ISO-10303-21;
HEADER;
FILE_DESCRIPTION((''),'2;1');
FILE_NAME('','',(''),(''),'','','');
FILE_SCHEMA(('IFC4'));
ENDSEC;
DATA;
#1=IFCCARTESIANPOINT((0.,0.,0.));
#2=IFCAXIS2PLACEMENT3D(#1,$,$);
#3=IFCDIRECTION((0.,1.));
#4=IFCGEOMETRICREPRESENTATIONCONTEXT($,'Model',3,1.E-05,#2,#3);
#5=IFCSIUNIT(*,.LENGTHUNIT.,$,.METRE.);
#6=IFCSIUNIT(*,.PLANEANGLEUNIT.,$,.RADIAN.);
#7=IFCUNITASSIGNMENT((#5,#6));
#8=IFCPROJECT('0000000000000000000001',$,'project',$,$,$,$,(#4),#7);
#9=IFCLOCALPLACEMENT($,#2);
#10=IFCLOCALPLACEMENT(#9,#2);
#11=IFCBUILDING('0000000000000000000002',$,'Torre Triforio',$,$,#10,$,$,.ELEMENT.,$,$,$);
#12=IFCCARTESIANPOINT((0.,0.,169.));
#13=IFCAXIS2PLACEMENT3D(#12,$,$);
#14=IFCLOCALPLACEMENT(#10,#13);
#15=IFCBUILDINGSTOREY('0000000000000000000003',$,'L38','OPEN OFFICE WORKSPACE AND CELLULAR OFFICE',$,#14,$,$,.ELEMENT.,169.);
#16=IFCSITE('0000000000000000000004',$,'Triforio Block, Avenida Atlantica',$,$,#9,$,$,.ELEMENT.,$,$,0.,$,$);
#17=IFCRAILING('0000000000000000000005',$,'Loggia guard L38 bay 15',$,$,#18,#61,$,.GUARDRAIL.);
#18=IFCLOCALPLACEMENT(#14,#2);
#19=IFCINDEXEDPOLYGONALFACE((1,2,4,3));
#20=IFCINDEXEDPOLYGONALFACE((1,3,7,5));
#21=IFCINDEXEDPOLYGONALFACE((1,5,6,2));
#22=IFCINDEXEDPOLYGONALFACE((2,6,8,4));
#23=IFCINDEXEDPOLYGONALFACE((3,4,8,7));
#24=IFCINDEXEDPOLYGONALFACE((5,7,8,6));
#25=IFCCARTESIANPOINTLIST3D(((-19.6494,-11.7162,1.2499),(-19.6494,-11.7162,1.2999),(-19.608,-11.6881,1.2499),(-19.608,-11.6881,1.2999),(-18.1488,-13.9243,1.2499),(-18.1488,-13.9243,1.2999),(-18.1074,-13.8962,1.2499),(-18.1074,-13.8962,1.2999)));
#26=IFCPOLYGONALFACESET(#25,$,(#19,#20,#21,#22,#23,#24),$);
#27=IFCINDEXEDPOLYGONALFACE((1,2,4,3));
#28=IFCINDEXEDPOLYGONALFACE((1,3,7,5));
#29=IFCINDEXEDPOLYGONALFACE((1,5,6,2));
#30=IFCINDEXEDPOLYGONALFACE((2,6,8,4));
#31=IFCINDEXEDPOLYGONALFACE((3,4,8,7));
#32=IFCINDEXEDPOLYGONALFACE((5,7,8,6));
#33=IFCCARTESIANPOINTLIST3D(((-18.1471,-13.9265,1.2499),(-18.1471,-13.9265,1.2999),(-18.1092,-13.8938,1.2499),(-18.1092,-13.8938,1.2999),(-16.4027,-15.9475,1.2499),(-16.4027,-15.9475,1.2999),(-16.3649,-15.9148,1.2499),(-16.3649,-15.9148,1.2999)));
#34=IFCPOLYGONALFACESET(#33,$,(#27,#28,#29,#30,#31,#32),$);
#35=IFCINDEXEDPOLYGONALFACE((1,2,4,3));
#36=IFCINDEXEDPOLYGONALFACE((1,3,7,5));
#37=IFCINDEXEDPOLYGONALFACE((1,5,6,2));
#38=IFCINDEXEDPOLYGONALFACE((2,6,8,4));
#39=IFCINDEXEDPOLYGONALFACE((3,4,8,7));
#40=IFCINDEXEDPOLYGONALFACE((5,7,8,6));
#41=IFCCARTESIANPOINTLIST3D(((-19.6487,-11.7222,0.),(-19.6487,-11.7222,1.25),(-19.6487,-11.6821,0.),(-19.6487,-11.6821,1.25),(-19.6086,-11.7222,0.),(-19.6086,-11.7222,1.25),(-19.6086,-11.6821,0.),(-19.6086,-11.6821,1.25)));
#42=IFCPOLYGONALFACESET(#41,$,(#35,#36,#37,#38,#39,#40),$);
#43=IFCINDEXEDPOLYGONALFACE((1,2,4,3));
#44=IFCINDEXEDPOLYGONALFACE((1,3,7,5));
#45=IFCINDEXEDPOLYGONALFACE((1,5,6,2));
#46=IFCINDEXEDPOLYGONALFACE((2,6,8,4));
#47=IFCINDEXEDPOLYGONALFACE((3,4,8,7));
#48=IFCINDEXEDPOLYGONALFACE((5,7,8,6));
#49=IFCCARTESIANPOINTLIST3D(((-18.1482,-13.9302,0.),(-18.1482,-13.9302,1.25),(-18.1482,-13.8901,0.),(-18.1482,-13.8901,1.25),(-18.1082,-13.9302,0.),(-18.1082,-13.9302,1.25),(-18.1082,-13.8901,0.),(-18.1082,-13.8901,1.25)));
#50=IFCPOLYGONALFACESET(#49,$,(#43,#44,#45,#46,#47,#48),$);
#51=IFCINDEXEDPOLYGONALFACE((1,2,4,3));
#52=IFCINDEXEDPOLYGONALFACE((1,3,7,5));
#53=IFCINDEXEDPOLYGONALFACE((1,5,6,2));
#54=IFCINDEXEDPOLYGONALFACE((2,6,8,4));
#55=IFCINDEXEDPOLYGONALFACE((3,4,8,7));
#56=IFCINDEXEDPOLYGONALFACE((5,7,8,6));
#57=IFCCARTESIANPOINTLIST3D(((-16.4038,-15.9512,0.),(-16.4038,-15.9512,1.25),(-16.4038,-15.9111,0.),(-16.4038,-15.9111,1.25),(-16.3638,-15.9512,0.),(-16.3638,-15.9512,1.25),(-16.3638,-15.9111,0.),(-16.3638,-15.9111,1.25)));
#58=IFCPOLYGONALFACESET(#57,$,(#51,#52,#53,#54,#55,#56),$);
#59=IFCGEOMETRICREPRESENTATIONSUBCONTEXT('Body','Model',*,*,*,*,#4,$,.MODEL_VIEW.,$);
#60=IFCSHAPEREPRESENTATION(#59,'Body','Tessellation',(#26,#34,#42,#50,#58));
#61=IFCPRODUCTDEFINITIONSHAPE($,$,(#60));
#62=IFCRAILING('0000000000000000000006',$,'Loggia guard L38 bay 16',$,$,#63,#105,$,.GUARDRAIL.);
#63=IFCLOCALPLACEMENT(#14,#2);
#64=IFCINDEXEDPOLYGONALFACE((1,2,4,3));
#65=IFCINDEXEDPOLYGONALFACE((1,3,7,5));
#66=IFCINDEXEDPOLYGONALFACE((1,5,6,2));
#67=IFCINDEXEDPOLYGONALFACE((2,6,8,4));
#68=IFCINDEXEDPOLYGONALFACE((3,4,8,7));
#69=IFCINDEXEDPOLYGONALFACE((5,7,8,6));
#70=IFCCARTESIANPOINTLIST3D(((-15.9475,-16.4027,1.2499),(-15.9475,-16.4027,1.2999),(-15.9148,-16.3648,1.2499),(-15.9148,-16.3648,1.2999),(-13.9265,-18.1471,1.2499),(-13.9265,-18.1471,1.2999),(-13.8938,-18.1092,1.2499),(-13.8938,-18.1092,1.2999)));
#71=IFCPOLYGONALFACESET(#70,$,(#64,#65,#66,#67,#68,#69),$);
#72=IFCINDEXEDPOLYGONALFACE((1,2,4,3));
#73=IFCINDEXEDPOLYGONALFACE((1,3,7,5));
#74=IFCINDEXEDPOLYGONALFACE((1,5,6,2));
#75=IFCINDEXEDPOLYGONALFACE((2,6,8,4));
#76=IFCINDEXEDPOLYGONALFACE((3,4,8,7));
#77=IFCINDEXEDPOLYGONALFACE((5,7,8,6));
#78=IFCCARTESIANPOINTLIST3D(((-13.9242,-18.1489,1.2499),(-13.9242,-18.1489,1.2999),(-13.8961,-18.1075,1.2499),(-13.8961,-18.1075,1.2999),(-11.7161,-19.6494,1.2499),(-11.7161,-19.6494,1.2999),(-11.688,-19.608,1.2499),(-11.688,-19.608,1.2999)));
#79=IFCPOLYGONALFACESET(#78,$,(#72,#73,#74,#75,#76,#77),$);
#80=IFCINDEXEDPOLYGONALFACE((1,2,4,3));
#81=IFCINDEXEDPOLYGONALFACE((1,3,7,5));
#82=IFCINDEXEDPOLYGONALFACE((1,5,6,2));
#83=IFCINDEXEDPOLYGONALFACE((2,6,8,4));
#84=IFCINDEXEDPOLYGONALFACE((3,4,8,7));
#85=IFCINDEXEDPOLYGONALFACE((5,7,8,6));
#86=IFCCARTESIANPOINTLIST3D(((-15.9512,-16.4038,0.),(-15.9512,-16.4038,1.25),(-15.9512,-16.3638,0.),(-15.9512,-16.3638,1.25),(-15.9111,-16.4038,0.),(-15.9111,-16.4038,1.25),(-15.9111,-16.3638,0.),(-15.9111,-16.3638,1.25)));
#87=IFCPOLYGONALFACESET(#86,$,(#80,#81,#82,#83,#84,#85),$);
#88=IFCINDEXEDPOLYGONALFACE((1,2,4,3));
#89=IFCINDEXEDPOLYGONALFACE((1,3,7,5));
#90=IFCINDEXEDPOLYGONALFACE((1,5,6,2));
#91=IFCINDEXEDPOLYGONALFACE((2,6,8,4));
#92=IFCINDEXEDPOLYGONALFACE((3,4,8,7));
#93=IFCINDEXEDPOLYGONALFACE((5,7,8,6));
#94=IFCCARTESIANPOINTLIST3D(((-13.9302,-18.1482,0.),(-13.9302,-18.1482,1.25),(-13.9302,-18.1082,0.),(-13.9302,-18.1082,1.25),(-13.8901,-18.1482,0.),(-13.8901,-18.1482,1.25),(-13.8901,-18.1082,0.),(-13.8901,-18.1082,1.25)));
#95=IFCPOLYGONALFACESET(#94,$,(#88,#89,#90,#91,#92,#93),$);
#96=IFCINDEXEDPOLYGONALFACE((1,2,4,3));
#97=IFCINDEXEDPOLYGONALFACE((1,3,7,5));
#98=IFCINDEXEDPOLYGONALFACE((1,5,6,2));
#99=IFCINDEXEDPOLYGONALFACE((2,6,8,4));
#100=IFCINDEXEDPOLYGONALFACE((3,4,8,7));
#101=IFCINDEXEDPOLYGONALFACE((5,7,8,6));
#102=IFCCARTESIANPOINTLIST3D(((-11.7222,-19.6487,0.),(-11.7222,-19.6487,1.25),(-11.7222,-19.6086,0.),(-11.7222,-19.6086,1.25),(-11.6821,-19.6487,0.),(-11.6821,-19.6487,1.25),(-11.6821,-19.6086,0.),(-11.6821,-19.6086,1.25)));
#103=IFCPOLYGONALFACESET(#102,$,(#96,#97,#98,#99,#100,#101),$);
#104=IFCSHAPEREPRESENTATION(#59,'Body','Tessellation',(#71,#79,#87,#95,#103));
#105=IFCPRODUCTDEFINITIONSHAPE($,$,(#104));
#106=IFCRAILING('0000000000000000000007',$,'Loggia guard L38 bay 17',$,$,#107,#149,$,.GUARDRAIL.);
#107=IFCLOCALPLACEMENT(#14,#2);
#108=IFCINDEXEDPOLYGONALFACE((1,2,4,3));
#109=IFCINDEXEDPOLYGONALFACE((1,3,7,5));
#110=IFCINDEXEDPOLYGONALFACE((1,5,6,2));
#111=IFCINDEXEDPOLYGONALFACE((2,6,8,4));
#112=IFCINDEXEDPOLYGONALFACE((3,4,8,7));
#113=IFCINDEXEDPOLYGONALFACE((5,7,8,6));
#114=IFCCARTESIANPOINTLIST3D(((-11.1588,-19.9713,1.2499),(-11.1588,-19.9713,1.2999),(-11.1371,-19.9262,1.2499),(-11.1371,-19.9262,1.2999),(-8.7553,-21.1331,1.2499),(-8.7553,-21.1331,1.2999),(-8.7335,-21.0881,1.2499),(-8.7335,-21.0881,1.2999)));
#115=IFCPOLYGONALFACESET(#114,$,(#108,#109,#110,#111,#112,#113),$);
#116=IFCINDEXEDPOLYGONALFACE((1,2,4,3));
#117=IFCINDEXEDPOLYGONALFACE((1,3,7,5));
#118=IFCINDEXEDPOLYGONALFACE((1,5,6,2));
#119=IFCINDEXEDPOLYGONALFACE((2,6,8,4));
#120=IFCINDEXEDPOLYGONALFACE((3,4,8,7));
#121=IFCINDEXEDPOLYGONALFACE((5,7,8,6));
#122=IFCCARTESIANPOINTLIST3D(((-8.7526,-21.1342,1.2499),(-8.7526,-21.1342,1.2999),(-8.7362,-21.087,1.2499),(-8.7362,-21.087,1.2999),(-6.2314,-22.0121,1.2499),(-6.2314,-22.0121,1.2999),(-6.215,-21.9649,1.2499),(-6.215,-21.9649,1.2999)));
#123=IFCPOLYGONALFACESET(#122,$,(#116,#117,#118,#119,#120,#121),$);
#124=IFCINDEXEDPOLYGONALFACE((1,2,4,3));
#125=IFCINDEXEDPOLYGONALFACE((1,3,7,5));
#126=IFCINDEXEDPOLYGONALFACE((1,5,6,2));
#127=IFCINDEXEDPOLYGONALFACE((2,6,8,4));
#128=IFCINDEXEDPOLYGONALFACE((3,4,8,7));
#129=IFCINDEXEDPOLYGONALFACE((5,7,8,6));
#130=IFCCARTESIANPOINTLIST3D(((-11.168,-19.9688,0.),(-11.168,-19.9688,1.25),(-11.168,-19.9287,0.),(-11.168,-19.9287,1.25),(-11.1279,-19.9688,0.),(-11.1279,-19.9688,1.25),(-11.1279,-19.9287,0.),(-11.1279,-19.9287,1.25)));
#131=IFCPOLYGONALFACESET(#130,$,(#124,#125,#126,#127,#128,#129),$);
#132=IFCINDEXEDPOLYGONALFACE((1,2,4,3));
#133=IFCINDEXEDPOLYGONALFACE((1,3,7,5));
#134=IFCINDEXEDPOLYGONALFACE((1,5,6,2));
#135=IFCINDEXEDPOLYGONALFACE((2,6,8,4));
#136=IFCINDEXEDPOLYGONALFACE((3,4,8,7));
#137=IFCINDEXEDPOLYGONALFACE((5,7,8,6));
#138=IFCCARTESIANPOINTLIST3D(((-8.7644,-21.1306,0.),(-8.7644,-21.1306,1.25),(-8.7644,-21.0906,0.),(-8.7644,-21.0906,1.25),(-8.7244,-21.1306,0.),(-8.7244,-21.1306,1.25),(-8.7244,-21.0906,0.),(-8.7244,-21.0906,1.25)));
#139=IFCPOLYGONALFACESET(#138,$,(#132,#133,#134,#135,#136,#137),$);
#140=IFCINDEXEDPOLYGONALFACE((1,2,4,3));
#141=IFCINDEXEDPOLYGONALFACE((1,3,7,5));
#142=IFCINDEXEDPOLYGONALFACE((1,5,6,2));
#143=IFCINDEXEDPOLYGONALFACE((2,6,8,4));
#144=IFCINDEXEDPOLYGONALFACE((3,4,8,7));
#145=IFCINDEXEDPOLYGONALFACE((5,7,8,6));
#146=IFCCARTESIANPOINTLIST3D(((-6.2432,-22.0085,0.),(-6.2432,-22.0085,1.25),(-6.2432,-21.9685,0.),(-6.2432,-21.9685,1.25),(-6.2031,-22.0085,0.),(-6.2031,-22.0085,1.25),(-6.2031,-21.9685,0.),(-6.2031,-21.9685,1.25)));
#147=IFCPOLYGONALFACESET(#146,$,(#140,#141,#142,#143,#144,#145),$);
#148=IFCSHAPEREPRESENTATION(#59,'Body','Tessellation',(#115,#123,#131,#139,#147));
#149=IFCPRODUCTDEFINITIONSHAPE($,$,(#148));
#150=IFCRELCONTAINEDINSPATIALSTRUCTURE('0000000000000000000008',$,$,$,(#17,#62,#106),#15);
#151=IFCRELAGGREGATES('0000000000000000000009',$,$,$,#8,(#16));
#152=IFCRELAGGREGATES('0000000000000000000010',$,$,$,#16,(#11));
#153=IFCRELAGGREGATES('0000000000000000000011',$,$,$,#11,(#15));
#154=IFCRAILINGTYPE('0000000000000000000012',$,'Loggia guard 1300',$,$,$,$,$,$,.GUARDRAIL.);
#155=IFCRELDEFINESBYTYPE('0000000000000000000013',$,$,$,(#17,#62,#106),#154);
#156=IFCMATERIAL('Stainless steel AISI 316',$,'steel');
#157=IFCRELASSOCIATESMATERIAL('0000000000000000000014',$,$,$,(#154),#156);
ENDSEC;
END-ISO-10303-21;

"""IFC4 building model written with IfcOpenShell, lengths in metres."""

from ifc_helpers import new_model, si_unit, direction, frame, origin, origin_2d, place, context, subcontext, project, spatial, rectangle, extrude, material, type_object, element, save


model = new_model("IFC4")

# Units and contexts
model_context = context("Model", 3, precision=1e-05, world=origin(), true_north=direction((0.0, 1.0)))
body_context = subcontext(model_context, "Body", "Model", "MODEL_VIEW")
ifc_project = project(units=[si_unit("LENGTHUNIT", "METRE"), si_unit("PLANEANGLEUNIT", "RADIAN")], contexts=[model_context])

# Site, building, storey
site_placement = place(None, origin())
site = spatial("IfcSite", under=ifc_project, at=site_placement, Name="Triforio Block, Avenida Atlantica", CompositionType="ELEMENT", RefElevation=0.0)
building_placement = place(site_placement, origin())
building = spatial("IfcBuilding", under=site, at=building_placement, Name="Torre Triforio", CompositionType="ELEMENT")
storey_placement = place(building_placement, frame((0.0, 0.0, 169.0)))
storey = spatial("IfcBuildingStorey", under=building, at=storey_placement, Name="L38", Description="OPEN OFFICE WORKSPACE AND CELLULAR OFFICE", CompositionType="ELEMENT", Elevation=169.0)

# Railings
ifc_material_1 = material(Name="Stainless steel AISI 316", Category="steel")
railing_type = type_object("IfcRailingType", Name="Loggia guard 1300", PredefinedType="GUARDRAIL", material=ifc_material_1)
railing_1_placement = place(storey_placement, frame((-19.6287, -11.7021, 0.0)))
element("IfcRailing", 1, at=railing_1_placement, inside=storey, type_object=railing_type, Name="Loggia guard L38 bay 15", PredefinedType="GUARDRAIL", context=body_context, shape_type="SweptSolid", body=[
    extrude(rectangle(XDim=0.05, YDim=0.05, at=origin_2d()), frame((0.0, 0.0, 1.2749), z_axis=(0.562065, -0.827093, 0.0), x_axis=(0.827093, 0.562065, 0.0)), (0.0, 0.0, 1.0), 2.6697),
    extrude(rectangle(XDim=0.05, YDim=0.05, at=origin_2d()), frame((1.5005, -2.208, 1.2749), z_axis=(0.653401, -0.757012, 0.0), x_axis=(0.757012, 0.653401, 0.0)), (0.0, 0.0, 1.0), 2.6697),
    extrude(rectangle(XDim=0.04, YDim=0.04, at=origin_2d()), origin(), (0.0, 0.0, 1.0), 1.25),
    extrude(rectangle(XDim=0.04, YDim=0.04, at=origin_2d()), frame((1.5005, -2.208, 0.0)), (0.0, 0.0, 1.0), 1.25),
    extrude(rectangle(XDim=0.04, YDim=0.04, at=origin_2d()), frame((3.2449, -4.229, 0.0)), (0.0, 0.0, 1.0), 1.25),
])
railing_2_placement = place(storey_placement, frame((-15.9312, -16.3838, 0.0)))
element("IfcRailing", 2, at=railing_2_placement, inside=storey, type_object=railing_type, Name="Loggia guard L38 bay 16", PredefinedType="GUARDRAIL", context=body_context, shape_type="SweptSolid", body=[
    extrude(rectangle(XDim=0.05, YDim=0.05, at=origin_2d()), frame((0.0, 0.0, 1.2749), z_axis=(0.757012, -0.653401, 0.0), x_axis=(0.653401, 0.757012, 0.0)), (0.0, 0.0, 1.0), 2.6697),
    extrude(rectangle(XDim=0.05, YDim=0.05, at=origin_2d()), frame((2.021, -1.7444, 1.2749), z_axis=(0.827093, -0.562065, 0.0), x_axis=(0.562065, 0.827093, 0.0)), (0.0, 0.0, 1.0), 2.6697),
    extrude(rectangle(XDim=0.04, YDim=0.04, at=origin_2d()), origin(), (0.0, 0.0, 1.0), 1.25),
    extrude(rectangle(XDim=0.04, YDim=0.04, at=origin_2d()), frame((2.021, -1.7444, 0.0)), (0.0, 0.0, 1.0), 1.25),
    extrude(rectangle(XDim=0.04, YDim=0.04, at=origin_2d()), frame((4.229, -3.2449, 0.0)), (0.0, 0.0, 1.0), 1.25),
])
railing_3_placement = place(storey_placement, frame((-11.1479, -19.9487, 0.0)))
element("IfcRailing", 3, at=railing_3_placement, inside=storey, type_object=railing_type, Name="Loggia guard L38 bay 17", PredefinedType="GUARDRAIL", context=body_context, shape_type="SweptSolid", body=[
    extrude(rectangle(XDim=0.05, YDim=0.05, at=origin_2d()), frame((0.0, 0.0, 1.2749), z_axis=(0.900328, -0.435212, 0.0), x_axis=(0.435212, 0.900328, 0.0)), (0.0, 0.0, 1.0), 2.6697),
    extrude(rectangle(XDim=0.05, YDim=0.05, at=origin_2d()), frame((2.4036, -1.1619, 1.2749), z_axis=(0.944383, -0.328847, 0.0), x_axis=(0.328847, 0.944383, 0.0)), (0.0, 0.0, 1.0), 2.6697),
    extrude(rectangle(XDim=0.04, YDim=0.04, at=origin_2d()), origin(), (0.0, 0.0, 1.0), 1.25),
    extrude(rectangle(XDim=0.04, YDim=0.04, at=origin_2d()), frame((2.4036, -1.1619, 0.0)), (0.0, 0.0, 1.0), 1.25),
    extrude(rectangle(XDim=0.04, YDim=0.04, at=origin_2d()), frame((4.9248, -2.0398, 0.0)), (0.0, 0.0, 1.0), 1.25),
])

save(model, "model.ifc")
